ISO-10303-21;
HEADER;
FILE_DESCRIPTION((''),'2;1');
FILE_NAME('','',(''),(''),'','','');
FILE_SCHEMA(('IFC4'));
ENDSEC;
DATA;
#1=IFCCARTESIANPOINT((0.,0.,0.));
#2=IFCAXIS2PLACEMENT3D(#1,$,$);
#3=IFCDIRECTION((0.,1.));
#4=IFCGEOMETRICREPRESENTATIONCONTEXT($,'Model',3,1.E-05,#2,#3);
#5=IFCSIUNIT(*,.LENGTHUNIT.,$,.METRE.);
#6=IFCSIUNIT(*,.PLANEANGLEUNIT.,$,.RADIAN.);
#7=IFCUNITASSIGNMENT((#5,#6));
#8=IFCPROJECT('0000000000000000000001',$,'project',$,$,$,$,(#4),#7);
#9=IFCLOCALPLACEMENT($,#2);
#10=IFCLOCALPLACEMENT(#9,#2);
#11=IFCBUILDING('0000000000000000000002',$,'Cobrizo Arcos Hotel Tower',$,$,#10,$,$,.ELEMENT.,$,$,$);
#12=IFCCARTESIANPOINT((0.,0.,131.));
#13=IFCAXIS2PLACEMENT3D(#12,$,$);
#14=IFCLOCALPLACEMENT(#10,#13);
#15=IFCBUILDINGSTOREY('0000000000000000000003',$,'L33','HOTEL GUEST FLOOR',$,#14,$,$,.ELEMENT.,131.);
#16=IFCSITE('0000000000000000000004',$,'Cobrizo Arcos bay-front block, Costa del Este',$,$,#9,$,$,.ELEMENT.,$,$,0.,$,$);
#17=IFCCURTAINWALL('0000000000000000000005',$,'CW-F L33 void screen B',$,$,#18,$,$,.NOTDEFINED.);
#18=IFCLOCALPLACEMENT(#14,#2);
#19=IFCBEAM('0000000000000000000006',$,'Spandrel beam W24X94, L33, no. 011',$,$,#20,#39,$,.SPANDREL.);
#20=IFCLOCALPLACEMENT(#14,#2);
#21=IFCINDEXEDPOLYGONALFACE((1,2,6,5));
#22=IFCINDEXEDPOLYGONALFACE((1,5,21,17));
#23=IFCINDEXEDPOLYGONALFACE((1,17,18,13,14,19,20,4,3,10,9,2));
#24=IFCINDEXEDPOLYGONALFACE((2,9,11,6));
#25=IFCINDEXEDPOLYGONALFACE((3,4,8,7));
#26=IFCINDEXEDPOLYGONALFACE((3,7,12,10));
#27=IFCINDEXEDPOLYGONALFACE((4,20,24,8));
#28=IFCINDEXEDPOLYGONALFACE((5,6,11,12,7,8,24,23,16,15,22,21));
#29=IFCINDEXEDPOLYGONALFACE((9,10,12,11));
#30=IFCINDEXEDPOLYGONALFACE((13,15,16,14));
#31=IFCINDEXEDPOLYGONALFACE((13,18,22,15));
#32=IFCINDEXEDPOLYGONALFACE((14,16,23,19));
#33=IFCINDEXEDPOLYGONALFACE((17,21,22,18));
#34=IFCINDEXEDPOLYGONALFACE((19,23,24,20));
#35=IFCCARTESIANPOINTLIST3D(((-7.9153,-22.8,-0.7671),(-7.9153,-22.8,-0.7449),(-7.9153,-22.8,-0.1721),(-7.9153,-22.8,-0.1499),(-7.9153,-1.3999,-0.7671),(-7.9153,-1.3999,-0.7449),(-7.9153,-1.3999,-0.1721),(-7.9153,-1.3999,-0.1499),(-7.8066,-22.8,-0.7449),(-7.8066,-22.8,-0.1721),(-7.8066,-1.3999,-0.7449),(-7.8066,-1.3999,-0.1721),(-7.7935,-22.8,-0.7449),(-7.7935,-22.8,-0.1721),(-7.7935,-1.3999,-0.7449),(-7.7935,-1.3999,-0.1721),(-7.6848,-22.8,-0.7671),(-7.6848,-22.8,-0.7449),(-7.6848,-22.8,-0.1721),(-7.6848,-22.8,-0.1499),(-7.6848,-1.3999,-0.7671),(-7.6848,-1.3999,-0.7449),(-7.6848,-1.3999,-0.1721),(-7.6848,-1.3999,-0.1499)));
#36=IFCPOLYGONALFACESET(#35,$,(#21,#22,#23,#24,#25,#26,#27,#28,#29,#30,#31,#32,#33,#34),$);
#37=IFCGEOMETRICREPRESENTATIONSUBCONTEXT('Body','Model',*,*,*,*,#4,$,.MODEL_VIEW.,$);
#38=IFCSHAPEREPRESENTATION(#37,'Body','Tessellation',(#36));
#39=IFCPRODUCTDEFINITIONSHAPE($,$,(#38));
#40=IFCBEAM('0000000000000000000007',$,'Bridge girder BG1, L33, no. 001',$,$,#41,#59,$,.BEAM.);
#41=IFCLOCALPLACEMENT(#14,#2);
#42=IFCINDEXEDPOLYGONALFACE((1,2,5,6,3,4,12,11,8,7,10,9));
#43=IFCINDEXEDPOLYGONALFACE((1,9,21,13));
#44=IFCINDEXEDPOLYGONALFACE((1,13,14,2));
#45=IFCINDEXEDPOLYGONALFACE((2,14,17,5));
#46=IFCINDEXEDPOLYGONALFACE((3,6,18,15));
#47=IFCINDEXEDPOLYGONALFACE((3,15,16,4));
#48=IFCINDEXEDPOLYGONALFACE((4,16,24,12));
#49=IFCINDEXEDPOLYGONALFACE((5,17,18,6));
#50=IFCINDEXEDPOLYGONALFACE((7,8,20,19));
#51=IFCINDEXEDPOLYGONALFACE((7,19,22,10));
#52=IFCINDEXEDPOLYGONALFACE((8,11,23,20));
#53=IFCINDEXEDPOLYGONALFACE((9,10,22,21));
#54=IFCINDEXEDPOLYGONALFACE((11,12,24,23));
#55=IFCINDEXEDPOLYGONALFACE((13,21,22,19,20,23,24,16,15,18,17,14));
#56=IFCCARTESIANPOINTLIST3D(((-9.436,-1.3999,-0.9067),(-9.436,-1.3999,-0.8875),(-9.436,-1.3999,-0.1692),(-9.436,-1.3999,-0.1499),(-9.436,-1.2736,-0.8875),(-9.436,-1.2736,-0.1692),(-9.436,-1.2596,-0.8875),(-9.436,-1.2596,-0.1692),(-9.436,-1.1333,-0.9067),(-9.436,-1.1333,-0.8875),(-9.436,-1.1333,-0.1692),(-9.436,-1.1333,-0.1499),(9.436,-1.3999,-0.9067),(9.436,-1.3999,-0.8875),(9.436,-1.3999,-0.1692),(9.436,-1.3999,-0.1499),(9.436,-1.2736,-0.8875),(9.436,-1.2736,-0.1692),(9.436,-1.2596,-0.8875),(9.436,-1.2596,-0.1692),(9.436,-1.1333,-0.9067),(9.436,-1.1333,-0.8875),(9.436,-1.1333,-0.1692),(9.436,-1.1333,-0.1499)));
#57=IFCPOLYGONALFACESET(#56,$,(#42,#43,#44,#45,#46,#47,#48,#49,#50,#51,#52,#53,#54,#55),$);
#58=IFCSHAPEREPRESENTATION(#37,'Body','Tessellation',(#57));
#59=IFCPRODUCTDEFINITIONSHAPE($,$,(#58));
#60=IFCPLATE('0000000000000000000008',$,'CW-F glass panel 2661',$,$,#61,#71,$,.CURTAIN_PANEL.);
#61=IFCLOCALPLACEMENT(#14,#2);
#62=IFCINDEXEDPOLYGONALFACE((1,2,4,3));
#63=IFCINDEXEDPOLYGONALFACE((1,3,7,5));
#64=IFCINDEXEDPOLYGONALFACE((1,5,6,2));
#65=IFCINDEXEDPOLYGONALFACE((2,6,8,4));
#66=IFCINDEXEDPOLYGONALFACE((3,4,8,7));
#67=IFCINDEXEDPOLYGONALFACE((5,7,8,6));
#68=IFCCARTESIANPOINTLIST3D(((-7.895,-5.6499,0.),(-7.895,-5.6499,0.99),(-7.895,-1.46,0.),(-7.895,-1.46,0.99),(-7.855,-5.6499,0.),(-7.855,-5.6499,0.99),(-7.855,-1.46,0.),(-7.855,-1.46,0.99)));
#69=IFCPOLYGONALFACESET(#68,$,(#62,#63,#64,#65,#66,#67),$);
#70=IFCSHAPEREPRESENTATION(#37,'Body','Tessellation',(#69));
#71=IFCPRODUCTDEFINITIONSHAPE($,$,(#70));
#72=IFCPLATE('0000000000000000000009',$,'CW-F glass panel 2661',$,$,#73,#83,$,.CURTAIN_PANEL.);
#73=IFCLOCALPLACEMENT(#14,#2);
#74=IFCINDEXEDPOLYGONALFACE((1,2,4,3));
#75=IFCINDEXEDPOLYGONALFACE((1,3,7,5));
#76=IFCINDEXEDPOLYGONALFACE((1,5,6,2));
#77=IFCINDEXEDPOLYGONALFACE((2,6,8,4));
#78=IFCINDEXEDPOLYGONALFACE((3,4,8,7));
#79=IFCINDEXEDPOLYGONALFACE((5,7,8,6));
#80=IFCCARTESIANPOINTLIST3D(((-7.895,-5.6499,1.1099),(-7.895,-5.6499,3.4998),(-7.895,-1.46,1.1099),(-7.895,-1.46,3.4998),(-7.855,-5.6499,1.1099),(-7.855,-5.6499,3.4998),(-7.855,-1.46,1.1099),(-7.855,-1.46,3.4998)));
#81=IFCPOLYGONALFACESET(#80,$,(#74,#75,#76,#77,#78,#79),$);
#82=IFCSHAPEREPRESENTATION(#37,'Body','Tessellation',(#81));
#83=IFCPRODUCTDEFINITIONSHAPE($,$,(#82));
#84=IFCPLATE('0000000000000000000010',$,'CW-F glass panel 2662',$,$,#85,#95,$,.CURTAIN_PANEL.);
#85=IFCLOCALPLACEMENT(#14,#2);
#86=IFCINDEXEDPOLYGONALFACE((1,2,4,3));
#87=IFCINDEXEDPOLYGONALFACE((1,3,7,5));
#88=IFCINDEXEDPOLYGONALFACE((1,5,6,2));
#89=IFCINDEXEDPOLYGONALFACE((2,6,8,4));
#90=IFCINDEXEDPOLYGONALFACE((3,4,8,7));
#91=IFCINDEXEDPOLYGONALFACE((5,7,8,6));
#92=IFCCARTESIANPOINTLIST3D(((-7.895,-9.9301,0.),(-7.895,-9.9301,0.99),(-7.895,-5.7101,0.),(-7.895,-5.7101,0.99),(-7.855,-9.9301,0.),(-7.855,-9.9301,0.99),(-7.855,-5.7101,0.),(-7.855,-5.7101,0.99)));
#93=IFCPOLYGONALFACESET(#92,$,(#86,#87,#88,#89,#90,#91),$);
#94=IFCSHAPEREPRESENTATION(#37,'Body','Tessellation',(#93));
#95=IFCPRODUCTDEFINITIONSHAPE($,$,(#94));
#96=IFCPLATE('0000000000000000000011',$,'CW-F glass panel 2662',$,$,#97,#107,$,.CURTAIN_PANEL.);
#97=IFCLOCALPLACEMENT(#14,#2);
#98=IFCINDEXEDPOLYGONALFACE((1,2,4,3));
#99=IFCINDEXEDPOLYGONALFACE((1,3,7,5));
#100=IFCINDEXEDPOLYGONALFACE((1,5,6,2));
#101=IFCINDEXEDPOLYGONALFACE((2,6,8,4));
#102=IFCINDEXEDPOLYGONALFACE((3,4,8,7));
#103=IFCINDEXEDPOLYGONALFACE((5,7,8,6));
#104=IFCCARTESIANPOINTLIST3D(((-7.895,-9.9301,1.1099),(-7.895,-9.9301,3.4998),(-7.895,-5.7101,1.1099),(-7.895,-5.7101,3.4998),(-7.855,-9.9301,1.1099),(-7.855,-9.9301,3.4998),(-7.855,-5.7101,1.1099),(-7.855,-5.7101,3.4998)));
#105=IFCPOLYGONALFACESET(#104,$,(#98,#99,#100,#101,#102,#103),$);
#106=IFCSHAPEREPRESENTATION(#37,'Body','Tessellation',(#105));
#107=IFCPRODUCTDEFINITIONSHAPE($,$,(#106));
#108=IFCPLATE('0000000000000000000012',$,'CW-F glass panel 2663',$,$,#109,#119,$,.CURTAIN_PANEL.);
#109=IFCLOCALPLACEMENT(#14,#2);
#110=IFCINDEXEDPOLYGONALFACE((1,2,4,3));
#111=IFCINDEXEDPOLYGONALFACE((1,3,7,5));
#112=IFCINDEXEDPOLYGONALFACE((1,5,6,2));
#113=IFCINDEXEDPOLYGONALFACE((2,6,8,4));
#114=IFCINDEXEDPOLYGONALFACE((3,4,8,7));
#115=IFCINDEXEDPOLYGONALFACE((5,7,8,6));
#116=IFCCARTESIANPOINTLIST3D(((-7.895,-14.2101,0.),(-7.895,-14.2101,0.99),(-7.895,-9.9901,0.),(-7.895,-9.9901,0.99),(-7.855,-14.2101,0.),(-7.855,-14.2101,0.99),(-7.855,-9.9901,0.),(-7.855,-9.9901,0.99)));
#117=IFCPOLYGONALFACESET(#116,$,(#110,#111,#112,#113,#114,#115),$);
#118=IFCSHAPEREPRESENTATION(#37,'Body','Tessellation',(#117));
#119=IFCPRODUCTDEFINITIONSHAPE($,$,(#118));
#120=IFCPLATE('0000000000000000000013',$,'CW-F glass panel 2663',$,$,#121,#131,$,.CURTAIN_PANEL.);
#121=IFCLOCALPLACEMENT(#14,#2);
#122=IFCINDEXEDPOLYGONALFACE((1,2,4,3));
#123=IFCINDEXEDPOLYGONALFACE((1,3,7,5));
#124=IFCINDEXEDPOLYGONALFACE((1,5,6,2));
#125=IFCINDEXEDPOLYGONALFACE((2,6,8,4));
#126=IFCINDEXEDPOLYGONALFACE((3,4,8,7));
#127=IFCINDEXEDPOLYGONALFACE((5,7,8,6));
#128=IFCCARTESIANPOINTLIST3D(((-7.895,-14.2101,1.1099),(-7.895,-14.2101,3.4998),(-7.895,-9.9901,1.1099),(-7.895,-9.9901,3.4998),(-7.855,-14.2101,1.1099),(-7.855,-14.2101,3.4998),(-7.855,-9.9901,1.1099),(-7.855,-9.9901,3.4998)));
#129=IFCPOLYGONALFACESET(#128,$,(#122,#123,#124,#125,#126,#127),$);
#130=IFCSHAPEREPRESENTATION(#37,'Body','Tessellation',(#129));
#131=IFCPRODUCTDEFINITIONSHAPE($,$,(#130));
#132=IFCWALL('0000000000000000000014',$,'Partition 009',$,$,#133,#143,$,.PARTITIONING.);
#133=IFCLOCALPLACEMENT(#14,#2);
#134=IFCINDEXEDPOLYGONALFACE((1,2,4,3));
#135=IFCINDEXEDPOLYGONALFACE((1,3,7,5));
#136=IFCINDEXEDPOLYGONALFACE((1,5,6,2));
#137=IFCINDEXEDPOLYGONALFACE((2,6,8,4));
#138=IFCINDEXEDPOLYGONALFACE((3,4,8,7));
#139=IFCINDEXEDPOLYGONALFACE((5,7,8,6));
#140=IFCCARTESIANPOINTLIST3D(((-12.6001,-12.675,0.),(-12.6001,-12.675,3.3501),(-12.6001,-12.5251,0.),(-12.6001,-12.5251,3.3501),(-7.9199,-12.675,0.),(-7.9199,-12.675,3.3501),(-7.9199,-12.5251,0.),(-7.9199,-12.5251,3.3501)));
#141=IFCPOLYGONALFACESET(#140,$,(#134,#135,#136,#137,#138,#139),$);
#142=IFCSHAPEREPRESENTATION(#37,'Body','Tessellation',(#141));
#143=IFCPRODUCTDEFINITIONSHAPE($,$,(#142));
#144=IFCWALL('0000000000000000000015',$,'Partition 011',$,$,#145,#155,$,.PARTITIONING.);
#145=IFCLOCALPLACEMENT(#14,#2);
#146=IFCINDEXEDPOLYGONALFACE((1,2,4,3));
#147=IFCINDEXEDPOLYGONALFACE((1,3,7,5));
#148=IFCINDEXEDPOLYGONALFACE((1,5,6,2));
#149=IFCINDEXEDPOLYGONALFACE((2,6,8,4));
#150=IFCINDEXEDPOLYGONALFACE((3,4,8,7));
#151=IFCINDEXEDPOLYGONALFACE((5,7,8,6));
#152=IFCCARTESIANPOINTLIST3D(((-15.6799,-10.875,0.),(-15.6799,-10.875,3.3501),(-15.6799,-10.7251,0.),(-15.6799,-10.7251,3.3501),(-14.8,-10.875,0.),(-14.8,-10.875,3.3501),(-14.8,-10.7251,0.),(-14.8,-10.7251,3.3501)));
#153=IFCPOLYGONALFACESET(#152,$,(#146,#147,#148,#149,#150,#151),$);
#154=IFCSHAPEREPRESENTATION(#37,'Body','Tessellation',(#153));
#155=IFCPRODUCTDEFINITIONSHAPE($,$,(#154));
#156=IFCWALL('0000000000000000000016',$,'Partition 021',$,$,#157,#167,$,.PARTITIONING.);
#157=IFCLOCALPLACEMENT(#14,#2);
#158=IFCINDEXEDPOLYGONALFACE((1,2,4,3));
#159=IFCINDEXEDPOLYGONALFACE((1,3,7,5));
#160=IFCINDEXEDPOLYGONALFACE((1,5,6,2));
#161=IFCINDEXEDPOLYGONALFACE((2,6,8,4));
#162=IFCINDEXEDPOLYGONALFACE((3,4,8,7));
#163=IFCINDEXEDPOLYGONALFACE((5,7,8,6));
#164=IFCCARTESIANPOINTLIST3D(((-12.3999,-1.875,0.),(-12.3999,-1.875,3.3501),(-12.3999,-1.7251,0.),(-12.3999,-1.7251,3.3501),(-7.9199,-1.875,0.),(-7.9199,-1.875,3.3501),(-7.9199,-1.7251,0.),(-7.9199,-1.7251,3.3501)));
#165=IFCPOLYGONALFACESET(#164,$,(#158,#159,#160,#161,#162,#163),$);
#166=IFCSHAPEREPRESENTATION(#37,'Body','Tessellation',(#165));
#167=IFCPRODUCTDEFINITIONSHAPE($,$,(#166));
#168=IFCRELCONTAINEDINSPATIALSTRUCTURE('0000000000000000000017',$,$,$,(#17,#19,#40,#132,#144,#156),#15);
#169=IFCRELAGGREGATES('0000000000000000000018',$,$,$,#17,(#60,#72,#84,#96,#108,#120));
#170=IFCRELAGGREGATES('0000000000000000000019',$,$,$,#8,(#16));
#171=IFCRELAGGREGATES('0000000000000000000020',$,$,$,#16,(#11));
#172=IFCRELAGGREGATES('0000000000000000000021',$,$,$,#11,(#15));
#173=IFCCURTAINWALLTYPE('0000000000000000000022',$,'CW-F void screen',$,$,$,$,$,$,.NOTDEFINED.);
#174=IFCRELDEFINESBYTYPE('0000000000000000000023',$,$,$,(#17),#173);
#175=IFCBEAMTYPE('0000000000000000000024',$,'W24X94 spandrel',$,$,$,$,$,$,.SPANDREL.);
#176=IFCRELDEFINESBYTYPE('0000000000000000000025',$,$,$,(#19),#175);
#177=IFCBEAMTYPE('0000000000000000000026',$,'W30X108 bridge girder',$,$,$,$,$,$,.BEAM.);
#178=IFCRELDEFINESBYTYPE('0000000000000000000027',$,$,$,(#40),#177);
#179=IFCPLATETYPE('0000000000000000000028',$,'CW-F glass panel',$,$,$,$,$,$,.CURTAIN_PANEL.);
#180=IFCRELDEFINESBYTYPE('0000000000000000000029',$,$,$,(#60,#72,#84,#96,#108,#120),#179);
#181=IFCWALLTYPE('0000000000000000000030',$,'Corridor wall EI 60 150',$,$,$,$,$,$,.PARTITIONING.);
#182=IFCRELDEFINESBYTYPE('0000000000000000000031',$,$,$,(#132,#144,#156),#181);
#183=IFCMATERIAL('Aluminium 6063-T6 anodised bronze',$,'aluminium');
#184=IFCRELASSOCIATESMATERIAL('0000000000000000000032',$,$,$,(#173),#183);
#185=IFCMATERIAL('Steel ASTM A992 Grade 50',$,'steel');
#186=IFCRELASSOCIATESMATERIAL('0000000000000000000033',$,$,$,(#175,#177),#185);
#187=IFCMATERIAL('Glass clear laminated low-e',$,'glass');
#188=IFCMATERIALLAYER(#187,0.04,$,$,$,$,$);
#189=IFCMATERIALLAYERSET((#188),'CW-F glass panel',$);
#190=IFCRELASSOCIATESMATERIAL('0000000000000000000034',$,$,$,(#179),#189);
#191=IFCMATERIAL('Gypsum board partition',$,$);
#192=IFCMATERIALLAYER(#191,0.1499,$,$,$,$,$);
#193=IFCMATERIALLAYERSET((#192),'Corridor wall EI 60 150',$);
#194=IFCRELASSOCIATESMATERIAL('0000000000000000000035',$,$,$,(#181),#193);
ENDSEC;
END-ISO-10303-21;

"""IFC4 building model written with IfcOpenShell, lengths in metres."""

from ifc_helpers import new_model, si_unit, direction, frame, frame_2d, origin, origin_2d, place, context, subcontext, project, spatial, rectangle, i_section, extrude, material, layer, layer_set, material_profile, profile_set, type_object, element, aggregate, save


model = new_model("IFC4")

# Units and contexts
model_context = context("Model", 3, precision=1e-05, world=origin(), true_north=direction((0.0, 1.0)))
body_context = subcontext(model_context, "Body", "Model", "MODEL_VIEW")
ifc_project = project(units=[si_unit("LENGTHUNIT", "METRE"), si_unit("PLANEANGLEUNIT", "RADIAN")], contexts=[model_context])

# Site, building, storey
site_placement = place(None, origin())
site = spatial("IfcSite", under=ifc_project, at=site_placement, Name="Cobrizo Arcos bay-front block, Costa del Este", CompositionType="ELEMENT", RefElevation=0.0)
building_placement = place(site_placement, origin())
building = spatial("IfcBuilding", under=site, at=building_placement, Name="Cobrizo Arcos Hotel Tower", CompositionType="ELEMENT")
storey_placement = place(building_placement, frame((0.0, 0.0, 131.0)))
storey = spatial("IfcBuildingStorey", under=building, at=storey_placement, Name="L33", Description="HOTEL GUEST FLOOR", CompositionType="ELEMENT", Elevation=131.0)

# Shared definitions
ifc_material_1 = material(Name="Steel ASTM A992 Grade 50", Category="steel")

# Curtain wall
ifc_material_2 = material(Name="Aluminium 6063-T6 anodised bronze", Category="aluminium")
curtain_wall_type = type_object("IfcCurtainWallType", Name="CW-F void screen", PredefinedType="NOTDEFINED", material=ifc_material_2)
curtain_wall_placement = place(storey_placement, origin())
curtain_wall = element("IfcCurtainWall", 1, at=curtain_wall_placement, inside=storey, type_object=curtain_wall_type, Name="CW-F L33 void screen B", PredefinedType="NOTDEFINED")

# Beams
ifc_material_profile_1 = material_profile(ifc_material_1, i_section(OverallWidth=0.2305, OverallDepth=0.6172, WebThickness=0.0132, FlangeThickness=0.0222, at=origin_2d()), Name="W24X94")
ifc_profile_set_1 = profile_set([ifc_material_profile_1], Name="Steel ASTM A992 Grade 50")
beam_type_1 = type_object("IfcBeamType", Name="W24X94 spandrel", PredefinedType="SPANDREL", material=ifc_profile_set_1)
beam_1_placement = place(storey_placement, frame((-7.8, -1.3999, -0.4585), z_axis=(0.0, -1.0, 0.0), x_axis=(1.0, 0.0, 0.0)))
element("IfcBeam", 2, at=beam_1_placement, inside=storey, type_object=beam_type_1, Name="Spandrel beam W24X94, L33, no. 011", PredefinedType="SPANDREL", context=body_context, shape_type="SweptSolid", body=[
    extrude(i_section(OverallWidth=0.2305, OverallDepth=0.6172, WebThickness=0.0132, FlangeThickness=0.0222, at=origin_2d()), origin(), (0.0, 0.0, 1.0), 21.4001),
])
ifc_material_profile_2 = material_profile(ifc_material_1, i_section(OverallWidth=0.2666, OverallDepth=0.7568, WebThickness=0.0139, FlangeThickness=0.0193, at=origin_2d()), Name="W30X108")
ifc_profile_set_2 = profile_set([ifc_material_profile_2], Name="Steel ASTM A992 Grade 50")
beam_type_2 = type_object("IfcBeamType", Name="W30X108 bridge girder", PredefinedType="BEAM", material=ifc_profile_set_2)
beam_2_placement = place(storey_placement, frame((-9.436, -1.2666, -0.5283), z_axis=(1.0, 0.0, 0.0), x_axis=(0.0, 1.0, 0.0)))
element("IfcBeam", 3, at=beam_2_placement, inside=storey, type_object=beam_type_2, Name="Bridge girder BG1, L33, no. 001", PredefinedType="BEAM", context=body_context, shape_type="SweptSolid", body=[
    extrude(i_section(OverallWidth=0.2666, OverallDepth=0.7568, WebThickness=0.0139, FlangeThickness=0.0193, at=origin_2d()), origin(), (0.0, 0.0, 1.0), 18.8721),
])

# Plates
ifc_material_3 = material(Name="Glass clear laminated low-e", Category="glass")
ifc_layer_1 = layer(ifc_material_3, 0.04)
ifc_layer_set_1 = layer_set([ifc_layer_1], Name="CW-F glass panel")
plate_type = type_object("IfcPlateType", Name="CW-F glass panel", PredefinedType="CURTAIN_PANEL", material=ifc_layer_set_1)
plate_1_placement = place(storey_placement, frame((-7.875, -3.5549, 0.0), z_axis=(0.0, 0.0, 1.0), x_axis=(0.0, -1.0, 0.0)))
plate_1 = element("IfcPlate", 4, at=plate_1_placement, type_object=plate_type, Name="CW-F glass panel 2661", PredefinedType="CURTAIN_PANEL", context=body_context, shape_type="SweptSolid", body=[
    extrude(rectangle(XDim=4.1899, YDim=0.04, at=origin_2d()), origin(), (0.0, 0.0, 1.0), 0.99),
])
plate_2_placement = place(storey_placement, frame((-7.875, -3.5549, 1.1099), z_axis=(0.0, 0.0, 1.0), x_axis=(0.0, -1.0, 0.0)))
plate_2 = element("IfcPlate", 5, at=plate_2_placement, type_object=plate_type, Name="CW-F glass panel 2661", PredefinedType="CURTAIN_PANEL", context=body_context, shape_type="SweptSolid", body=[
    extrude(rectangle(XDim=4.1899, YDim=0.04, at=origin_2d()), origin(), (0.0, 0.0, 1.0), 2.3899),
])
plate_3_placement = place(storey_placement, frame((-7.875, -7.8201, 0.0), z_axis=(0.0, 0.0, 1.0), x_axis=(0.0, -1.0, 0.0)))
plate_3 = element("IfcPlate", 6, at=plate_3_placement, type_object=plate_type, Name="CW-F glass panel 2662", PredefinedType="CURTAIN_PANEL", context=body_context, shape_type="SweptSolid", body=[
    extrude(rectangle(XDim=4.22, YDim=0.04, at=origin_2d()), origin(), (0.0, 0.0, 1.0), 0.99),
])
plate_4_placement = place(storey_placement, frame((-7.875, -7.8201, 1.1099), z_axis=(0.0, 0.0, 1.0), x_axis=(0.0, -1.0, 0.0)))
plate_4 = element("IfcPlate", 7, at=plate_4_placement, type_object=plate_type, Name="CW-F glass panel 2662", PredefinedType="CURTAIN_PANEL", context=body_context, shape_type="SweptSolid", body=[
    extrude(rectangle(XDim=4.22, YDim=0.04, at=origin_2d()), origin(), (0.0, 0.0, 1.0), 2.3899),
])
plate_5_placement = place(storey_placement, frame((-7.875, -12.1001, 0.0), z_axis=(0.0, 0.0, 1.0), x_axis=(0.0, -1.0, 0.0)))
plate_5 = element("IfcPlate", 8, at=plate_5_placement, type_object=plate_type, Name="CW-F glass panel 2663", PredefinedType="CURTAIN_PANEL", context=body_context, shape_type="SweptSolid", body=[
    extrude(rectangle(XDim=4.22, YDim=0.04, at=origin_2d()), origin(), (0.0, 0.0, 1.0), 0.99),
])
plate_6_placement = place(storey_placement, frame((-7.875, -12.1001, 1.1099), z_axis=(0.0, 0.0, 1.0), x_axis=(0.0, -1.0, 0.0)))
plate_6 = element("IfcPlate", 9, at=plate_6_placement, type_object=plate_type, Name="CW-F glass panel 2663", PredefinedType="CURTAIN_PANEL", context=body_context, shape_type="SweptSolid", body=[
    extrude(rectangle(XDim=4.22, YDim=0.04, at=origin_2d()), origin(), (0.0, 0.0, 1.0), 2.3899),
])
aggregate(curtain_wall, [plate_1, plate_2, plate_3, plate_4, plate_5, plate_6])

# Walls
ifc_material_4 = material(Name="Gypsum board partition")
ifc_layer_2 = layer(ifc_material_4, 0.1499)
ifc_layer_set_2 = layer_set([ifc_layer_2], Name="Corridor wall EI 60 150")
wall_type_1 = type_object("IfcWallType", Name="Corridor wall EI 60 150", PredefinedType="PARTITIONING", material=ifc_layer_set_2)
wall_1_placement = place(storey_placement, frame((-12.6001, -12.6001, 0.0), z_axis=(0.0, 0.0, 1.0), x_axis=(1.0, 0.0, 0.0)))
element("IfcWall", 10, at=wall_1_placement, inside=storey, type_object=wall_type_1, Name="Partition 009", PredefinedType="PARTITIONING", context=body_context, shape_type="SweptSolid", body=[
    extrude(rectangle(XDim=4.6802, YDim=0.1499, at=frame_2d((2.3401, 0.0))), origin(), (0.0, 0.0, 1.0), 3.3501),
])
wall_2_placement = place(storey_placement, frame((-15.6799, -10.8, 0.0), z_axis=(0.0, 0.0, 1.0), x_axis=(1.0, 0.0, 0.0)))
element("IfcWall", 11, at=wall_2_placement, inside=storey, type_object=wall_type_1, Name="Partition 011", PredefinedType="PARTITIONING", context=body_context, shape_type="SweptSolid", body=[
    extrude(rectangle(XDim=0.8799, YDim=0.1499, at=frame_2d((0.4399, 0.0))), origin(), (0.0, 0.0, 1.0), 3.3501),
])
wall_3_placement = place(storey_placement, frame((-12.3999, -1.8, 0.0), z_axis=(0.0, 0.0, 1.0), x_axis=(1.0, 0.0, 0.0)))
element("IfcWall", 12, at=wall_3_placement, inside=storey, type_object=wall_type_1, Name="Partition 021", PredefinedType="PARTITIONING", context=body_context, shape_type="SweptSolid", body=[
    extrude(rectangle(XDim=4.48, YDim=0.1499, at=frame_2d((2.24, 0.0))), origin(), (0.0, 0.0, 1.0), 3.3501),
])

save(model, "model.ifc")
